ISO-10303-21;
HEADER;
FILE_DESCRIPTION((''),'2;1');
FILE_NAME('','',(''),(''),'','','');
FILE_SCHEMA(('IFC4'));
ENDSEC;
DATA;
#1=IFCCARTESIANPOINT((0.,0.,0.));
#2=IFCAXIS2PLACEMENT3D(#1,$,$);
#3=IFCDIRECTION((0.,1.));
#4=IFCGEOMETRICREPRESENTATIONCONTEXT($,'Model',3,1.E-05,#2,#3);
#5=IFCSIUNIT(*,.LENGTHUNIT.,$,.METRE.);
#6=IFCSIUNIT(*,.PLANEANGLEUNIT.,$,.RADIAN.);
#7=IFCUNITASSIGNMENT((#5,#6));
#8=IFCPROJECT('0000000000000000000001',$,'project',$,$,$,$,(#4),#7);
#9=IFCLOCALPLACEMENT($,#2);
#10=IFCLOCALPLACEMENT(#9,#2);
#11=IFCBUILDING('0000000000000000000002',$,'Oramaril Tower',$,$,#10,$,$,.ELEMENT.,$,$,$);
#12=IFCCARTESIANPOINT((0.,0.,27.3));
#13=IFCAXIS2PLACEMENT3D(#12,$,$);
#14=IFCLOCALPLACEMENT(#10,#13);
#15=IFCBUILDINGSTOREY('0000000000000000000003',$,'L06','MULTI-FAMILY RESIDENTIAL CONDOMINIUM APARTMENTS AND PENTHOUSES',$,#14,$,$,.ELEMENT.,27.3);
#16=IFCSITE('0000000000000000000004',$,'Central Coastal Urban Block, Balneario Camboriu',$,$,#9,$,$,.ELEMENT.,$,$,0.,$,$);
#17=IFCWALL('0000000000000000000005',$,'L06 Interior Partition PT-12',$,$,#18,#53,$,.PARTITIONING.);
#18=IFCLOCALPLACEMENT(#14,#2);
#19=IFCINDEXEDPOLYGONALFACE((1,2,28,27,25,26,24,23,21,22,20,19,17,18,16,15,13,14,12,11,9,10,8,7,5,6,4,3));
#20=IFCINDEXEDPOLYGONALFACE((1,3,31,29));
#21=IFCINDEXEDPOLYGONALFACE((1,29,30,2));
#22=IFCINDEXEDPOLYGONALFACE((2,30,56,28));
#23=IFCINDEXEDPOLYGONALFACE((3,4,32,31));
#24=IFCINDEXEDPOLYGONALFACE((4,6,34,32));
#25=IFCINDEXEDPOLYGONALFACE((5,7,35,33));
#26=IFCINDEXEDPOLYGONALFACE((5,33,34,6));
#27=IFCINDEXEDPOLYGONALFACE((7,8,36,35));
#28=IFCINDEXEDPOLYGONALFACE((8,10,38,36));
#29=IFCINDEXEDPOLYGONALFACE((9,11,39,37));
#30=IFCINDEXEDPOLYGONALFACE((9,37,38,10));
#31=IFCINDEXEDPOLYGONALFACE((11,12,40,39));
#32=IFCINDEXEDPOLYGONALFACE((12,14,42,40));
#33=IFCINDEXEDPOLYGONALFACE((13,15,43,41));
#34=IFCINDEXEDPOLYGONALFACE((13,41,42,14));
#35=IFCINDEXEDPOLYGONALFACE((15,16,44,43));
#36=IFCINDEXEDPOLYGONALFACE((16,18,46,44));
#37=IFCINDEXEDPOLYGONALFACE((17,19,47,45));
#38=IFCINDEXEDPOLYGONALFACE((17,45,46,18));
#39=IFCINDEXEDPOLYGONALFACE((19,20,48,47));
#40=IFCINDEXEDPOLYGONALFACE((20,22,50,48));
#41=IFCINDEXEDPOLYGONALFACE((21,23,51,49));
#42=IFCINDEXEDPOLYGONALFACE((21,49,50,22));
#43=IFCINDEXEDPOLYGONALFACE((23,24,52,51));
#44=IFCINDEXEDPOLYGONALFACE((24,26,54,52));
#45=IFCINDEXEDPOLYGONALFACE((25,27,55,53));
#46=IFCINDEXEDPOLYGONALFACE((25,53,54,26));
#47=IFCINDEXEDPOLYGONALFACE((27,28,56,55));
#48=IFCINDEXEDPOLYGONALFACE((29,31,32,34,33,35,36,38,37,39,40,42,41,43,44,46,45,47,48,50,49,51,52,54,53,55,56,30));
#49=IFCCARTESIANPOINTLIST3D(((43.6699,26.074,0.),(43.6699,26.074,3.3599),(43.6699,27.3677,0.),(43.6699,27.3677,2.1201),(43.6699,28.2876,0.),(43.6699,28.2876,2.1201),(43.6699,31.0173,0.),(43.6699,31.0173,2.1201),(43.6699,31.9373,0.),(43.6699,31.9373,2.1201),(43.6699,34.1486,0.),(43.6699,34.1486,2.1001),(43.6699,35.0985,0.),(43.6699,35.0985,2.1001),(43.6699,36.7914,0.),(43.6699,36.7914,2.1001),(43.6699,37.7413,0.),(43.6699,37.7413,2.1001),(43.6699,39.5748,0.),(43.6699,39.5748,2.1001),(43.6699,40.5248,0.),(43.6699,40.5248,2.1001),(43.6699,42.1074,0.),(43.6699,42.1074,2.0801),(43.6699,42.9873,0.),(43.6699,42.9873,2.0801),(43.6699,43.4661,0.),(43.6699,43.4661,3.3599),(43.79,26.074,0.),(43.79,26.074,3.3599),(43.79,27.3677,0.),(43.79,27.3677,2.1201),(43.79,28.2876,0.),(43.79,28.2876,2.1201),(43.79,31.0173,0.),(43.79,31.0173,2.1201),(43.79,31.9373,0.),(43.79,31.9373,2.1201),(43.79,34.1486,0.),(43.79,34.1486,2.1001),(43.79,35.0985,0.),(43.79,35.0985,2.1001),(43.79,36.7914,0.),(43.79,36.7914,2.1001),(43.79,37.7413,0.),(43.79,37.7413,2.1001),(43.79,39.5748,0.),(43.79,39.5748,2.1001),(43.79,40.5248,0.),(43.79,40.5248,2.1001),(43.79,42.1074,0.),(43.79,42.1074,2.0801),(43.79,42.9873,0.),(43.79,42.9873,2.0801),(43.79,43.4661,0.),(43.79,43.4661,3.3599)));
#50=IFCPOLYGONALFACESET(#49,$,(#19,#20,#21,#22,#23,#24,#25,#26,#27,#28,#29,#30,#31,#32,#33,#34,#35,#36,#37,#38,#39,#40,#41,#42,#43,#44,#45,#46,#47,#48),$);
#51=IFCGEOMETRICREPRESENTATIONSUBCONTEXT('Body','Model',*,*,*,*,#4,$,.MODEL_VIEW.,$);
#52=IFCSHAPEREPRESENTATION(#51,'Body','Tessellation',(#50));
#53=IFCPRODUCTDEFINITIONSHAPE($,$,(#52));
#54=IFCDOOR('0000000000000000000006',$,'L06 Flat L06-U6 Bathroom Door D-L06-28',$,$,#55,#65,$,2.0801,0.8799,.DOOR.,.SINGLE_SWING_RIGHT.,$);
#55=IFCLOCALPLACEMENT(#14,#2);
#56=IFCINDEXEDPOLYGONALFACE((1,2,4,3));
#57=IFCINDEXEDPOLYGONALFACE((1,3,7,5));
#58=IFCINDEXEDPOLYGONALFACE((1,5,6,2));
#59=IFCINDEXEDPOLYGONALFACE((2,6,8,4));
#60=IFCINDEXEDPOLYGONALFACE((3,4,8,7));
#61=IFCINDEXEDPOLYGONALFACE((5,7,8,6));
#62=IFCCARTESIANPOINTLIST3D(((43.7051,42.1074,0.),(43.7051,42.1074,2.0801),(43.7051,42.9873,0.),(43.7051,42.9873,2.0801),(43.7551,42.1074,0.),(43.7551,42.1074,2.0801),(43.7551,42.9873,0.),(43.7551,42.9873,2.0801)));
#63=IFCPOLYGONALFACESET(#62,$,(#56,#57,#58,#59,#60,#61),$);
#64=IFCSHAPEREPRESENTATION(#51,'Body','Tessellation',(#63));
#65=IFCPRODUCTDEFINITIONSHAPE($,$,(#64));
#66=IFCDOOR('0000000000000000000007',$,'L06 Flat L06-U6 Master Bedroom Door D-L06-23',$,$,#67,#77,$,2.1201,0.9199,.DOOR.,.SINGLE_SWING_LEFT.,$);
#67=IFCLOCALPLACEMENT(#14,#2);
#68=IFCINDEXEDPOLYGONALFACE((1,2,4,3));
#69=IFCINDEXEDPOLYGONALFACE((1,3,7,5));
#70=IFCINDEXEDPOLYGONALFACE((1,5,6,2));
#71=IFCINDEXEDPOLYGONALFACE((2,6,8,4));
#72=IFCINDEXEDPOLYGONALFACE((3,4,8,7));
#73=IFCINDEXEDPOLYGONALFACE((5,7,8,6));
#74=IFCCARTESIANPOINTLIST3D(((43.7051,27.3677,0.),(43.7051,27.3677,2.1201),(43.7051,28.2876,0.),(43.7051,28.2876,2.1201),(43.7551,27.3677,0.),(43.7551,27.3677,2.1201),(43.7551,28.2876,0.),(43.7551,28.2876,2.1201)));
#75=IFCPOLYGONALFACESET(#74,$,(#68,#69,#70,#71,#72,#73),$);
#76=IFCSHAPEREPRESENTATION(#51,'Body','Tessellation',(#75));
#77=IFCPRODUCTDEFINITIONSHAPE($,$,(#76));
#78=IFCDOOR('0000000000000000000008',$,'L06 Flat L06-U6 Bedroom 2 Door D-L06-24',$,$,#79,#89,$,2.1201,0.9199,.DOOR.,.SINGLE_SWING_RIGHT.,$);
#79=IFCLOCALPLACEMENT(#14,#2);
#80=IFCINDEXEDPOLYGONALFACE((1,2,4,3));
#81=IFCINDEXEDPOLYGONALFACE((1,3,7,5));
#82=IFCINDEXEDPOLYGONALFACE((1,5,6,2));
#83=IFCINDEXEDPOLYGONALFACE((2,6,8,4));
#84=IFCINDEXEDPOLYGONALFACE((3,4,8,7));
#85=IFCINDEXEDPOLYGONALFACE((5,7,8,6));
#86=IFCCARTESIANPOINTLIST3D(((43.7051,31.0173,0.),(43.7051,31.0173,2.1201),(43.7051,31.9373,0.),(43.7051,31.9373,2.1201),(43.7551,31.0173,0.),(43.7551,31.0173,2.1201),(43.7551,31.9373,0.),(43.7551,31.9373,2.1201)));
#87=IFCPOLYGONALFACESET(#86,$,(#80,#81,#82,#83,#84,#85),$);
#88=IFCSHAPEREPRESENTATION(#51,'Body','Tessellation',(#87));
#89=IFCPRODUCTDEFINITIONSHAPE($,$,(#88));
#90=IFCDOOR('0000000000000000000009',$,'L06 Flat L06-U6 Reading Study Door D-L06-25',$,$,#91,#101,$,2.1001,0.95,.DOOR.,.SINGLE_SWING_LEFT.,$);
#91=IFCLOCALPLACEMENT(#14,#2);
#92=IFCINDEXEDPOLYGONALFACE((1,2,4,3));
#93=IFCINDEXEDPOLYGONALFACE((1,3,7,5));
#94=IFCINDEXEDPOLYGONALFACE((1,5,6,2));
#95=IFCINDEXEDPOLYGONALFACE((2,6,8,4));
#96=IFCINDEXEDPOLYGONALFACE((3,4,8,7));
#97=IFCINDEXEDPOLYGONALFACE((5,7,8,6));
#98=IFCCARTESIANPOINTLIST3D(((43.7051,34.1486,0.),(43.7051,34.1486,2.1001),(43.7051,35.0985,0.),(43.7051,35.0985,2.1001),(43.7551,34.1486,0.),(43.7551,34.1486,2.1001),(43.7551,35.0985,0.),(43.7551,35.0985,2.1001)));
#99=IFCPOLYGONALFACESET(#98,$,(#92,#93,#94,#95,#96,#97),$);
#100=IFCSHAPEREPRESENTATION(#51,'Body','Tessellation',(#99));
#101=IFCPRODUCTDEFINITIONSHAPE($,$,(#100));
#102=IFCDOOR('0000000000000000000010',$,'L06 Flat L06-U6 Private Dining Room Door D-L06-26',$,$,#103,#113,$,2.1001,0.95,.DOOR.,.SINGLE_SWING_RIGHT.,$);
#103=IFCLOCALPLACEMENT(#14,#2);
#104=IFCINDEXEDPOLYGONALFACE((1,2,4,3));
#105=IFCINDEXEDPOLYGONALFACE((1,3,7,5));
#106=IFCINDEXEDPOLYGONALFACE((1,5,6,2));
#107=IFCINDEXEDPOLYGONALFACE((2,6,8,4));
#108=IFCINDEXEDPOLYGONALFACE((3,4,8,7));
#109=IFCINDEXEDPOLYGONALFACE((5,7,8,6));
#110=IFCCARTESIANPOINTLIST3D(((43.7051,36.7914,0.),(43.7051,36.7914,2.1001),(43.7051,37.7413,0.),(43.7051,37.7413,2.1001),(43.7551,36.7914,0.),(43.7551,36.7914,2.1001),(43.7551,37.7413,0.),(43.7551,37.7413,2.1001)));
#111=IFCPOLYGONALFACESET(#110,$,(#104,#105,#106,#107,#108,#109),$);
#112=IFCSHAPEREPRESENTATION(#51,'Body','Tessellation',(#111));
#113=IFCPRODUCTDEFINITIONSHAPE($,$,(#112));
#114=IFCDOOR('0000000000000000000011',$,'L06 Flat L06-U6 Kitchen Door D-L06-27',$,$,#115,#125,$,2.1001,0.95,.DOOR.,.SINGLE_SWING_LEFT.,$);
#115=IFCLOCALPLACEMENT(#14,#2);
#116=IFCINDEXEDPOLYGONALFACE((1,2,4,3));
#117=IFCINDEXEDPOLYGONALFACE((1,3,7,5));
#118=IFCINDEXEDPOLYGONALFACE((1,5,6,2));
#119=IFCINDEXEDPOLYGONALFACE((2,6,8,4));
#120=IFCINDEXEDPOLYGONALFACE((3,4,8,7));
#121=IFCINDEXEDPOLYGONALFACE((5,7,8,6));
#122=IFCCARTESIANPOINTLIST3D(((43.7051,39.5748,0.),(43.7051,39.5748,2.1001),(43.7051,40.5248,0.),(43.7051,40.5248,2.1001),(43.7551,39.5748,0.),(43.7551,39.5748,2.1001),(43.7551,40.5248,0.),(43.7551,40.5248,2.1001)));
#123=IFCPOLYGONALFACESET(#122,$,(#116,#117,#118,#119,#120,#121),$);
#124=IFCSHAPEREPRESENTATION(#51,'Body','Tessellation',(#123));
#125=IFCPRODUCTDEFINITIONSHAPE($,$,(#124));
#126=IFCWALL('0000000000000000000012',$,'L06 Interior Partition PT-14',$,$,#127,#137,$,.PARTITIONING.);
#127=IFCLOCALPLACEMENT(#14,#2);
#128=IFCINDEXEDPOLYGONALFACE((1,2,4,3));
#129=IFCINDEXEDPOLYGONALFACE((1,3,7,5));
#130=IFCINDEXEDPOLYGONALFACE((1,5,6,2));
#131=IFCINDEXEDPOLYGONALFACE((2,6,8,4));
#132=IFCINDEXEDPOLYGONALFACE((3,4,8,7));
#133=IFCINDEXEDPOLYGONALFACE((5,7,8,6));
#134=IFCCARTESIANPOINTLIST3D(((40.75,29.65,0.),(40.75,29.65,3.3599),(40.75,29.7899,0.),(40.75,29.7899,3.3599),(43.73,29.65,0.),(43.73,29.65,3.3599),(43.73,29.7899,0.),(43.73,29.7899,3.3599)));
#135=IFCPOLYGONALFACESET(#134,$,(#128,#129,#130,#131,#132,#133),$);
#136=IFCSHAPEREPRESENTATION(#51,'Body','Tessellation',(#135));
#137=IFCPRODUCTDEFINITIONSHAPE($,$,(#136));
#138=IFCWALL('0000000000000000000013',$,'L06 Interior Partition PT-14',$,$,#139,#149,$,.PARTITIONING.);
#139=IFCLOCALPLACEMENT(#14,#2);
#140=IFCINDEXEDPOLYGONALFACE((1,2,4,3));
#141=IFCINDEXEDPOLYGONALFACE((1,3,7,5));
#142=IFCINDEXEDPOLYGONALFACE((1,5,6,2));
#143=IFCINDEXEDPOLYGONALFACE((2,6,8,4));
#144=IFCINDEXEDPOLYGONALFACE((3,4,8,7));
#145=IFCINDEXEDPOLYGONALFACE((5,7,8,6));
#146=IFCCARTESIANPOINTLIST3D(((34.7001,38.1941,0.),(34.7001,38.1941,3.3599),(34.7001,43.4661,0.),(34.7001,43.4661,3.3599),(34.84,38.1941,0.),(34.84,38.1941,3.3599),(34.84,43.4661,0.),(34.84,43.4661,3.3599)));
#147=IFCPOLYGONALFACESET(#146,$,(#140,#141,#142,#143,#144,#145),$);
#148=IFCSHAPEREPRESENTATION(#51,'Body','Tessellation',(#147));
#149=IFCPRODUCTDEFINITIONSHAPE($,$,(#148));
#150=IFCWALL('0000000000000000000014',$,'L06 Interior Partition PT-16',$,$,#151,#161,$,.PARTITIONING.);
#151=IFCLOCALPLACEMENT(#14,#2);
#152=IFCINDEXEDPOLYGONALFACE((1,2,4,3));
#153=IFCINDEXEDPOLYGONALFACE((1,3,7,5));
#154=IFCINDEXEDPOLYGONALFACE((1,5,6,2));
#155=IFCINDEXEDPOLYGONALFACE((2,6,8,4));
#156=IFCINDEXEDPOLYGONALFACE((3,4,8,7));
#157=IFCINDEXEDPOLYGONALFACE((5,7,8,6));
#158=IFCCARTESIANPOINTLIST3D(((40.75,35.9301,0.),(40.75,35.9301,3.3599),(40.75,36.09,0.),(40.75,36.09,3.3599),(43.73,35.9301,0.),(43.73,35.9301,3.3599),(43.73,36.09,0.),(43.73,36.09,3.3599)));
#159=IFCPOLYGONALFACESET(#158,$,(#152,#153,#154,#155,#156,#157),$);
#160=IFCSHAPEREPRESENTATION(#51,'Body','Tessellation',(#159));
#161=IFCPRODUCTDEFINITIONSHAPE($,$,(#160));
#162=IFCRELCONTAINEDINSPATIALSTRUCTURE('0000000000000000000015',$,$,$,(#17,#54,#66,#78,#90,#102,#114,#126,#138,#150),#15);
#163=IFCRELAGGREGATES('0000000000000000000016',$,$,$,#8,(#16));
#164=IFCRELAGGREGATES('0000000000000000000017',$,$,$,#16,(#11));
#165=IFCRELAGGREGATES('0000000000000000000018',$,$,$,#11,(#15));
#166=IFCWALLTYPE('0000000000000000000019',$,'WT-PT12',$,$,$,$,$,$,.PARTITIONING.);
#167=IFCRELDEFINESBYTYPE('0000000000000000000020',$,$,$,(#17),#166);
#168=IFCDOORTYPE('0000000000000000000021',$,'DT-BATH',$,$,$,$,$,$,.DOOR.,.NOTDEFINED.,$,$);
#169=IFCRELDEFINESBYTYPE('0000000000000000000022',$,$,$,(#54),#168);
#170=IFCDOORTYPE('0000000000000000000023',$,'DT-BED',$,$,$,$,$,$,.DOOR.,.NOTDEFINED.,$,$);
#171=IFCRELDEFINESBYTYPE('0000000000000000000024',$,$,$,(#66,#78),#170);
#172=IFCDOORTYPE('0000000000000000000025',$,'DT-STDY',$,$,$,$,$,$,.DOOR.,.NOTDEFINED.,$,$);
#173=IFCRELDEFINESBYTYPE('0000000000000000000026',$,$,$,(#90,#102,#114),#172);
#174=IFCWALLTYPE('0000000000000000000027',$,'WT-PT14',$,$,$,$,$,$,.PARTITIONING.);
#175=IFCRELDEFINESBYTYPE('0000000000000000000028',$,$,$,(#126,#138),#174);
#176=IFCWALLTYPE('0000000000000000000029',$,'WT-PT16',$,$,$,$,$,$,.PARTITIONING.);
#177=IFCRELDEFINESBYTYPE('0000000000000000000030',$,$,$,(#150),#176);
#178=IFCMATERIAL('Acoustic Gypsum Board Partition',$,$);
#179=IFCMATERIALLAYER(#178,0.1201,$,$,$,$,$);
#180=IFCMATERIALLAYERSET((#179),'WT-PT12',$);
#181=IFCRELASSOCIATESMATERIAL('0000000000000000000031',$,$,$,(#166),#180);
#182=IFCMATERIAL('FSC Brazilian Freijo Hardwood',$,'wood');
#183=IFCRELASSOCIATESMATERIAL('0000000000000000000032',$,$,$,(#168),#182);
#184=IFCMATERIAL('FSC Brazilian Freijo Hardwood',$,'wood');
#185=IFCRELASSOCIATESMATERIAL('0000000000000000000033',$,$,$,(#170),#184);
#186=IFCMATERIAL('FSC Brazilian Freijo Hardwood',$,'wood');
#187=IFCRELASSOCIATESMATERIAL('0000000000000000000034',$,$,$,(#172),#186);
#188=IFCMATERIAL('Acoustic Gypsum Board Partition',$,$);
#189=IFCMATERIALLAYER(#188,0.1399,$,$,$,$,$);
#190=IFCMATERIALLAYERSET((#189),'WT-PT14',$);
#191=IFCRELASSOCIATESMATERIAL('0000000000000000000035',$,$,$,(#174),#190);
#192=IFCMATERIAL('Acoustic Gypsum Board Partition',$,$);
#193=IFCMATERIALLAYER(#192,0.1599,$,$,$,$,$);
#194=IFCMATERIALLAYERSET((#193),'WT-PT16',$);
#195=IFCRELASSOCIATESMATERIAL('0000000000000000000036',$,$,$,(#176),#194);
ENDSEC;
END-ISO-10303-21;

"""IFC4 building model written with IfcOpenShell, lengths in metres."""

from ifc_helpers import new_model, si_unit, direction, frame, frame_2d, origin, place, context, subcontext, project, spatial, rectangle, extrude, material, layer, layer_set, type_object, element, fill, save


model = new_model("IFC4")

# Units and contexts
model_context = context("Model", 3, precision=1e-05, world=origin(), true_north=direction((0.0, 1.0)))
body_context = subcontext(model_context, "Body", "Model", "MODEL_VIEW")
ifc_project = project(units=[si_unit("LENGTHUNIT", "METRE"), si_unit("PLANEANGLEUNIT", "RADIAN")], contexts=[model_context])

# Site, building, storey
site_placement = place(None, origin())
site = spatial("IfcSite", under=ifc_project, at=site_placement, Name="Central Coastal Urban Block, Balneario Camboriu", CompositionType="ELEMENT", RefElevation=0.0)
building_placement = place(site_placement, origin())
building = spatial("IfcBuilding", under=site, at=building_placement, Name="Oramaril Tower", CompositionType="ELEMENT")
storey_placement = place(building_placement, frame((0.0, 0.0, 27.3)))
storey = spatial("IfcBuildingStorey", under=building, at=storey_placement, Name="L06", Description="MULTI-FAMILY RESIDENTIAL CONDOMINIUM APARTMENTS AND PENTHOUSES", CompositionType="ELEMENT", Elevation=27.3)

# Shared definitions
ifc_material_1 = material(Name="Acoustic Gypsum Board Partition")
ifc_layer_1 = layer(ifc_material_1, 0.1201)
ifc_layer_set_1 = layer_set([ifc_layer_1], Name="WT-PT12")
wall_type_1 = type_object("IfcWallType", Name="WT-PT12", PredefinedType="PARTITIONING", material=ifc_layer_set_1)

# Wall, openings, doors
wall_1_placement = place(storey_placement, frame((43.73, 26.074, 0.0), z_axis=(0.0, 0.0, 1.0), x_axis=(0.0, 1.0, 0.0)))
wall_1 = element("IfcWall", 1, at=wall_1_placement, inside=storey, type_object=wall_type_1, Name="L06 Interior Partition PT-12", PredefinedType="PARTITIONING", context=body_context, shape_type="SweptSolid", body=[
    extrude(rectangle(XDim=17.3921, YDim=0.1201, at=frame_2d((8.696, 0.0))), origin(), (0.0, 0.0, 1.0), 3.3599),
])
opening_1_placement = place(wall_1_placement, frame((1.2937, 0.0, 0.0)))
opening_1 = element("IfcOpeningElement", 2, at=opening_1_placement, cuts=wall_1, PredefinedType="OPENING", context=body_context, shape_type="SweptSolid", body=[
    extrude(rectangle(XDim=0.9199, YDim=2.1201, at=frame_2d((0.46, 1.0601))), frame((0.0, 0.0601, 0.0), z_axis=(0.0, -1.0, 0.0), x_axis=(1.0, 0.0, 0.0)), (0.0, 0.0, 1.0), 0.1201),
])
opening_2_placement = place(wall_1_placement, frame((4.9434, 0.0, 0.0)))
opening_2 = element("IfcOpeningElement", 3, at=opening_2_placement, cuts=wall_1, PredefinedType="OPENING", context=body_context, shape_type="SweptSolid", body=[
    extrude(rectangle(XDim=0.9199, YDim=2.1201, at=frame_2d((0.46, 1.0601))), frame((0.0, 0.0601, 0.0), z_axis=(0.0, -1.0, 0.0), x_axis=(1.0, 0.0, 0.0)), (0.0, 0.0, 1.0), 0.1201),
])
opening_3_placement = place(wall_1_placement, frame((8.0745, 0.0, 0.0)))
opening_3 = element("IfcOpeningElement", 4, at=opening_3_placement, cuts=wall_1, PredefinedType="OPENING", context=body_context, shape_type="SweptSolid", body=[
    extrude(rectangle(XDim=0.95, YDim=2.1001, at=frame_2d((0.4751, 1.05))), frame((0.0, 0.0601, 0.0), z_axis=(0.0, -1.0, 0.0), x_axis=(1.0, 0.0, 0.0)), (0.0, 0.0, 1.0), 0.1201),
])
opening_4_placement = place(wall_1_placement, frame((10.7173, 0.0, 0.0)))
opening_4 = element("IfcOpeningElement", 5, at=opening_4_placement, cuts=wall_1, PredefinedType="OPENING", context=body_context, shape_type="SweptSolid", body=[
    extrude(rectangle(XDim=0.95, YDim=2.1001, at=frame_2d((0.4751, 1.05))), frame((0.0, 0.0601, 0.0), z_axis=(0.0, -1.0, 0.0), x_axis=(1.0, 0.0, 0.0)), (0.0, 0.0, 1.0), 0.1201),
])
opening_5_placement = place(wall_1_placement, frame((13.5007, 0.0, 0.0)))
opening_5 = element("IfcOpeningElement", 6, at=opening_5_placement, cuts=wall_1, PredefinedType="OPENING", context=body_context, shape_type="SweptSolid", body=[
    extrude(rectangle(XDim=0.95, YDim=2.1001, at=frame_2d((0.4751, 1.05))), frame((0.0, 0.0601, 0.0), z_axis=(0.0, -1.0, 0.0), x_axis=(1.0, 0.0, 0.0)), (0.0, 0.0, 1.0), 0.1201),
])
opening_6_placement = place(wall_1_placement, frame((16.0334, 0.0, 0.0)))
opening_6 = element("IfcOpeningElement", 7, at=opening_6_placement, cuts=wall_1, PredefinedType="OPENING", context=body_context, shape_type="SweptSolid", body=[
    extrude(rectangle(XDim=0.8799, YDim=2.0801, at=frame_2d((0.4399, 1.04))), frame((0.0, 0.0601, 0.0), z_axis=(0.0, -1.0, 0.0), x_axis=(1.0, 0.0, 0.0)), (0.0, 0.0, 1.0), 0.1201),
])
ifc_material_2 = material(Name="FSC Brazilian Freijo Hardwood", Category="wood")
door_type_1 = type_object("IfcDoorType", Name="DT-BATH", OperationType="NOTDEFINED", PredefinedType="DOOR", material=ifc_material_2)
door_1_placement = place(opening_6_placement, origin())
door_1 = element("IfcDoor", 8, at=door_1_placement, inside=storey, type_object=door_type_1, Name="L06 Flat L06-U6 Bathroom Door D-L06-28", OperationType="SINGLE_SWING_RIGHT", OverallHeight=2.0801, OverallWidth=0.8799, PredefinedType="DOOR", context=body_context, shape_type="SweptSolid", body=[
    extrude(rectangle(XDim=0.8799, YDim=2.0801, at=frame_2d((0.4399, 1.04))), frame((0.0, 0.0249, 0.0), z_axis=(0.0, -1.0, 0.0), x_axis=(1.0, 0.0, 0.0)), (0.0, 0.0, 1.0), 0.05),
])
fill(opening_6, door_1)
ifc_material_3 = material(Name="FSC Brazilian Freijo Hardwood", Category="wood")
door_type_2 = type_object("IfcDoorType", Name="DT-BED", OperationType="NOTDEFINED", PredefinedType="DOOR", material=ifc_material_3)
door_2_placement = place(opening_1_placement, origin())
door_2 = element("IfcDoor", 9, at=door_2_placement, inside=storey, type_object=door_type_2, Name="L06 Flat L06-U6 Master Bedroom Door D-L06-23", OperationType="SINGLE_SWING_LEFT", OverallHeight=2.1201, OverallWidth=0.9199, PredefinedType="DOOR", context=body_context, shape_type="SweptSolid", body=[
    extrude(rectangle(XDim=0.9199, YDim=2.1201, at=frame_2d((0.46, 1.0601))), frame((0.0, 0.0249, 0.0), z_axis=(0.0, -1.0, 0.0), x_axis=(1.0, 0.0, 0.0)), (0.0, 0.0, 1.0), 0.05),
])
fill(opening_1, door_2)
door_3_placement = place(opening_2_placement, origin())
door_3 = element("IfcDoor", 10, at=door_3_placement, inside=storey, type_object=door_type_2, Name="L06 Flat L06-U6 Bedroom 2 Door D-L06-24", OperationType="SINGLE_SWING_RIGHT", OverallHeight=2.1201, OverallWidth=0.9199, PredefinedType="DOOR", context=body_context, shape_type="SweptSolid", body=[
    extrude(rectangle(XDim=0.9199, YDim=2.1201, at=frame_2d((0.46, 1.0601))), frame((0.0, 0.0249, 0.0), z_axis=(0.0, -1.0, 0.0), x_axis=(1.0, 0.0, 0.0)), (0.0, 0.0, 1.0), 0.05),
])
fill(opening_2, door_3)
ifc_material_4 = material(Name="FSC Brazilian Freijo Hardwood", Category="wood")
door_type_3 = type_object("IfcDoorType", Name="DT-STDY", OperationType="NOTDEFINED", PredefinedType="DOOR", material=ifc_material_4)
door_4_placement = place(opening_3_placement, origin())
door_4 = element("IfcDoor", 11, at=door_4_placement, inside=storey, type_object=door_type_3, Name="L06 Flat L06-U6 Reading Study Door D-L06-25", OperationType="SINGLE_SWING_LEFT", OverallHeight=2.1001, OverallWidth=0.95, PredefinedType="DOOR", context=body_context, shape_type="SweptSolid", body=[
    extrude(rectangle(XDim=0.95, YDim=2.1001, at=frame_2d((0.4751, 1.05))), frame((0.0, 0.0249, 0.0), z_axis=(0.0, -1.0, 0.0), x_axis=(1.0, 0.0, 0.0)), (0.0, 0.0, 1.0), 0.05),
])
fill(opening_3, door_4)
door_5_placement = place(opening_4_placement, origin())
door_5 = element("IfcDoor", 12, at=door_5_placement, inside=storey, type_object=door_type_3, Name="L06 Flat L06-U6 Private Dining Room Door D-L06-26", OperationType="SINGLE_SWING_RIGHT", OverallHeight=2.1001, OverallWidth=0.95, PredefinedType="DOOR", context=body_context, shape_type="SweptSolid", body=[
    extrude(rectangle(XDim=0.95, YDim=2.1001, at=frame_2d((0.4751, 1.05))), frame((0.0, 0.0249, 0.0), z_axis=(0.0, -1.0, 0.0), x_axis=(1.0, 0.0, 0.0)), (0.0, 0.0, 1.0), 0.05),
])
fill(opening_4, door_5)
door_6_placement = place(opening_5_placement, origin())
door_6 = element("IfcDoor", 13, at=door_6_placement, inside=storey, type_object=door_type_3, Name="L06 Flat L06-U6 Kitchen Door D-L06-27", OperationType="SINGLE_SWING_LEFT", OverallHeight=2.1001, OverallWidth=0.95, PredefinedType="DOOR", context=body_context, shape_type="SweptSolid", body=[
    extrude(rectangle(XDim=0.95, YDim=2.1001, at=frame_2d((0.4751, 1.05))), frame((0.0, 0.0249, 0.0), z_axis=(0.0, -1.0, 0.0), x_axis=(1.0, 0.0, 0.0)), (0.0, 0.0, 1.0), 0.05),
])
fill(opening_5, door_6)

# Walls
ifc_material_5 = material(Name="Acoustic Gypsum Board Partition")
ifc_layer_2 = layer(ifc_material_5, 0.1399)
ifc_layer_set_2 = layer_set([ifc_layer_2], Name="WT-PT14")
wall_type_2 = type_object("IfcWallType", Name="WT-PT14", PredefinedType="PARTITIONING", material=ifc_layer_set_2)
wall_2_placement = place(storey_placement, frame((40.75, 29.72, 0.0), z_axis=(0.0, 0.0, 1.0), x_axis=(1.0, 0.0, 0.0)))
element("IfcWall", 14, at=wall_2_placement, inside=storey, type_object=wall_type_2, Name="L06 Interior Partition PT-14", PredefinedType="PARTITIONING", context=body_context, shape_type="SweptSolid", body=[
    extrude(rectangle(XDim=2.98, YDim=0.1399, at=frame_2d((1.49, 0.0))), origin(), (0.0, 0.0, 1.0), 3.3599),
])
wall_3_placement = place(storey_placement, frame((34.77, 38.1941, 0.0), z_axis=(0.0, 0.0, 1.0), x_axis=(0.0, 1.0, 0.0)))
element("IfcWall", 15, at=wall_3_placement, inside=storey, type_object=wall_type_2, Name="L06 Interior Partition PT-14", PredefinedType="PARTITIONING", context=body_context, shape_type="SweptSolid", body=[
    extrude(rectangle(XDim=5.272, YDim=0.1399, at=frame_2d((2.636, 0.0))), origin(), (0.0, 0.0, 1.0), 3.3599),
])
ifc_material_6 = material(Name="Acoustic Gypsum Board Partition")
ifc_layer_3 = layer(ifc_material_6, 0.1599)
ifc_layer_set_3 = layer_set([ifc_layer_3], Name="WT-PT16")
wall_type_3 = type_object("IfcWallType", Name="WT-PT16", PredefinedType="PARTITIONING", material=ifc_layer_set_3)
wall_4_placement = place(storey_placement, frame((40.75, 36.01, 0.0), z_axis=(0.0, 0.0, 1.0), x_axis=(1.0, 0.0, 0.0)))
element("IfcWall", 16, at=wall_4_placement, inside=storey, type_object=wall_type_3, Name="L06 Interior Partition PT-16", PredefinedType="PARTITIONING", context=body_context, shape_type="SweptSolid", body=[
    extrude(rectangle(XDim=2.98, YDim=0.1599, at=frame_2d((1.49, 0.0))), origin(), (0.0, 0.0, 1.0), 3.3599),
])

save(model, "model.ifc")
